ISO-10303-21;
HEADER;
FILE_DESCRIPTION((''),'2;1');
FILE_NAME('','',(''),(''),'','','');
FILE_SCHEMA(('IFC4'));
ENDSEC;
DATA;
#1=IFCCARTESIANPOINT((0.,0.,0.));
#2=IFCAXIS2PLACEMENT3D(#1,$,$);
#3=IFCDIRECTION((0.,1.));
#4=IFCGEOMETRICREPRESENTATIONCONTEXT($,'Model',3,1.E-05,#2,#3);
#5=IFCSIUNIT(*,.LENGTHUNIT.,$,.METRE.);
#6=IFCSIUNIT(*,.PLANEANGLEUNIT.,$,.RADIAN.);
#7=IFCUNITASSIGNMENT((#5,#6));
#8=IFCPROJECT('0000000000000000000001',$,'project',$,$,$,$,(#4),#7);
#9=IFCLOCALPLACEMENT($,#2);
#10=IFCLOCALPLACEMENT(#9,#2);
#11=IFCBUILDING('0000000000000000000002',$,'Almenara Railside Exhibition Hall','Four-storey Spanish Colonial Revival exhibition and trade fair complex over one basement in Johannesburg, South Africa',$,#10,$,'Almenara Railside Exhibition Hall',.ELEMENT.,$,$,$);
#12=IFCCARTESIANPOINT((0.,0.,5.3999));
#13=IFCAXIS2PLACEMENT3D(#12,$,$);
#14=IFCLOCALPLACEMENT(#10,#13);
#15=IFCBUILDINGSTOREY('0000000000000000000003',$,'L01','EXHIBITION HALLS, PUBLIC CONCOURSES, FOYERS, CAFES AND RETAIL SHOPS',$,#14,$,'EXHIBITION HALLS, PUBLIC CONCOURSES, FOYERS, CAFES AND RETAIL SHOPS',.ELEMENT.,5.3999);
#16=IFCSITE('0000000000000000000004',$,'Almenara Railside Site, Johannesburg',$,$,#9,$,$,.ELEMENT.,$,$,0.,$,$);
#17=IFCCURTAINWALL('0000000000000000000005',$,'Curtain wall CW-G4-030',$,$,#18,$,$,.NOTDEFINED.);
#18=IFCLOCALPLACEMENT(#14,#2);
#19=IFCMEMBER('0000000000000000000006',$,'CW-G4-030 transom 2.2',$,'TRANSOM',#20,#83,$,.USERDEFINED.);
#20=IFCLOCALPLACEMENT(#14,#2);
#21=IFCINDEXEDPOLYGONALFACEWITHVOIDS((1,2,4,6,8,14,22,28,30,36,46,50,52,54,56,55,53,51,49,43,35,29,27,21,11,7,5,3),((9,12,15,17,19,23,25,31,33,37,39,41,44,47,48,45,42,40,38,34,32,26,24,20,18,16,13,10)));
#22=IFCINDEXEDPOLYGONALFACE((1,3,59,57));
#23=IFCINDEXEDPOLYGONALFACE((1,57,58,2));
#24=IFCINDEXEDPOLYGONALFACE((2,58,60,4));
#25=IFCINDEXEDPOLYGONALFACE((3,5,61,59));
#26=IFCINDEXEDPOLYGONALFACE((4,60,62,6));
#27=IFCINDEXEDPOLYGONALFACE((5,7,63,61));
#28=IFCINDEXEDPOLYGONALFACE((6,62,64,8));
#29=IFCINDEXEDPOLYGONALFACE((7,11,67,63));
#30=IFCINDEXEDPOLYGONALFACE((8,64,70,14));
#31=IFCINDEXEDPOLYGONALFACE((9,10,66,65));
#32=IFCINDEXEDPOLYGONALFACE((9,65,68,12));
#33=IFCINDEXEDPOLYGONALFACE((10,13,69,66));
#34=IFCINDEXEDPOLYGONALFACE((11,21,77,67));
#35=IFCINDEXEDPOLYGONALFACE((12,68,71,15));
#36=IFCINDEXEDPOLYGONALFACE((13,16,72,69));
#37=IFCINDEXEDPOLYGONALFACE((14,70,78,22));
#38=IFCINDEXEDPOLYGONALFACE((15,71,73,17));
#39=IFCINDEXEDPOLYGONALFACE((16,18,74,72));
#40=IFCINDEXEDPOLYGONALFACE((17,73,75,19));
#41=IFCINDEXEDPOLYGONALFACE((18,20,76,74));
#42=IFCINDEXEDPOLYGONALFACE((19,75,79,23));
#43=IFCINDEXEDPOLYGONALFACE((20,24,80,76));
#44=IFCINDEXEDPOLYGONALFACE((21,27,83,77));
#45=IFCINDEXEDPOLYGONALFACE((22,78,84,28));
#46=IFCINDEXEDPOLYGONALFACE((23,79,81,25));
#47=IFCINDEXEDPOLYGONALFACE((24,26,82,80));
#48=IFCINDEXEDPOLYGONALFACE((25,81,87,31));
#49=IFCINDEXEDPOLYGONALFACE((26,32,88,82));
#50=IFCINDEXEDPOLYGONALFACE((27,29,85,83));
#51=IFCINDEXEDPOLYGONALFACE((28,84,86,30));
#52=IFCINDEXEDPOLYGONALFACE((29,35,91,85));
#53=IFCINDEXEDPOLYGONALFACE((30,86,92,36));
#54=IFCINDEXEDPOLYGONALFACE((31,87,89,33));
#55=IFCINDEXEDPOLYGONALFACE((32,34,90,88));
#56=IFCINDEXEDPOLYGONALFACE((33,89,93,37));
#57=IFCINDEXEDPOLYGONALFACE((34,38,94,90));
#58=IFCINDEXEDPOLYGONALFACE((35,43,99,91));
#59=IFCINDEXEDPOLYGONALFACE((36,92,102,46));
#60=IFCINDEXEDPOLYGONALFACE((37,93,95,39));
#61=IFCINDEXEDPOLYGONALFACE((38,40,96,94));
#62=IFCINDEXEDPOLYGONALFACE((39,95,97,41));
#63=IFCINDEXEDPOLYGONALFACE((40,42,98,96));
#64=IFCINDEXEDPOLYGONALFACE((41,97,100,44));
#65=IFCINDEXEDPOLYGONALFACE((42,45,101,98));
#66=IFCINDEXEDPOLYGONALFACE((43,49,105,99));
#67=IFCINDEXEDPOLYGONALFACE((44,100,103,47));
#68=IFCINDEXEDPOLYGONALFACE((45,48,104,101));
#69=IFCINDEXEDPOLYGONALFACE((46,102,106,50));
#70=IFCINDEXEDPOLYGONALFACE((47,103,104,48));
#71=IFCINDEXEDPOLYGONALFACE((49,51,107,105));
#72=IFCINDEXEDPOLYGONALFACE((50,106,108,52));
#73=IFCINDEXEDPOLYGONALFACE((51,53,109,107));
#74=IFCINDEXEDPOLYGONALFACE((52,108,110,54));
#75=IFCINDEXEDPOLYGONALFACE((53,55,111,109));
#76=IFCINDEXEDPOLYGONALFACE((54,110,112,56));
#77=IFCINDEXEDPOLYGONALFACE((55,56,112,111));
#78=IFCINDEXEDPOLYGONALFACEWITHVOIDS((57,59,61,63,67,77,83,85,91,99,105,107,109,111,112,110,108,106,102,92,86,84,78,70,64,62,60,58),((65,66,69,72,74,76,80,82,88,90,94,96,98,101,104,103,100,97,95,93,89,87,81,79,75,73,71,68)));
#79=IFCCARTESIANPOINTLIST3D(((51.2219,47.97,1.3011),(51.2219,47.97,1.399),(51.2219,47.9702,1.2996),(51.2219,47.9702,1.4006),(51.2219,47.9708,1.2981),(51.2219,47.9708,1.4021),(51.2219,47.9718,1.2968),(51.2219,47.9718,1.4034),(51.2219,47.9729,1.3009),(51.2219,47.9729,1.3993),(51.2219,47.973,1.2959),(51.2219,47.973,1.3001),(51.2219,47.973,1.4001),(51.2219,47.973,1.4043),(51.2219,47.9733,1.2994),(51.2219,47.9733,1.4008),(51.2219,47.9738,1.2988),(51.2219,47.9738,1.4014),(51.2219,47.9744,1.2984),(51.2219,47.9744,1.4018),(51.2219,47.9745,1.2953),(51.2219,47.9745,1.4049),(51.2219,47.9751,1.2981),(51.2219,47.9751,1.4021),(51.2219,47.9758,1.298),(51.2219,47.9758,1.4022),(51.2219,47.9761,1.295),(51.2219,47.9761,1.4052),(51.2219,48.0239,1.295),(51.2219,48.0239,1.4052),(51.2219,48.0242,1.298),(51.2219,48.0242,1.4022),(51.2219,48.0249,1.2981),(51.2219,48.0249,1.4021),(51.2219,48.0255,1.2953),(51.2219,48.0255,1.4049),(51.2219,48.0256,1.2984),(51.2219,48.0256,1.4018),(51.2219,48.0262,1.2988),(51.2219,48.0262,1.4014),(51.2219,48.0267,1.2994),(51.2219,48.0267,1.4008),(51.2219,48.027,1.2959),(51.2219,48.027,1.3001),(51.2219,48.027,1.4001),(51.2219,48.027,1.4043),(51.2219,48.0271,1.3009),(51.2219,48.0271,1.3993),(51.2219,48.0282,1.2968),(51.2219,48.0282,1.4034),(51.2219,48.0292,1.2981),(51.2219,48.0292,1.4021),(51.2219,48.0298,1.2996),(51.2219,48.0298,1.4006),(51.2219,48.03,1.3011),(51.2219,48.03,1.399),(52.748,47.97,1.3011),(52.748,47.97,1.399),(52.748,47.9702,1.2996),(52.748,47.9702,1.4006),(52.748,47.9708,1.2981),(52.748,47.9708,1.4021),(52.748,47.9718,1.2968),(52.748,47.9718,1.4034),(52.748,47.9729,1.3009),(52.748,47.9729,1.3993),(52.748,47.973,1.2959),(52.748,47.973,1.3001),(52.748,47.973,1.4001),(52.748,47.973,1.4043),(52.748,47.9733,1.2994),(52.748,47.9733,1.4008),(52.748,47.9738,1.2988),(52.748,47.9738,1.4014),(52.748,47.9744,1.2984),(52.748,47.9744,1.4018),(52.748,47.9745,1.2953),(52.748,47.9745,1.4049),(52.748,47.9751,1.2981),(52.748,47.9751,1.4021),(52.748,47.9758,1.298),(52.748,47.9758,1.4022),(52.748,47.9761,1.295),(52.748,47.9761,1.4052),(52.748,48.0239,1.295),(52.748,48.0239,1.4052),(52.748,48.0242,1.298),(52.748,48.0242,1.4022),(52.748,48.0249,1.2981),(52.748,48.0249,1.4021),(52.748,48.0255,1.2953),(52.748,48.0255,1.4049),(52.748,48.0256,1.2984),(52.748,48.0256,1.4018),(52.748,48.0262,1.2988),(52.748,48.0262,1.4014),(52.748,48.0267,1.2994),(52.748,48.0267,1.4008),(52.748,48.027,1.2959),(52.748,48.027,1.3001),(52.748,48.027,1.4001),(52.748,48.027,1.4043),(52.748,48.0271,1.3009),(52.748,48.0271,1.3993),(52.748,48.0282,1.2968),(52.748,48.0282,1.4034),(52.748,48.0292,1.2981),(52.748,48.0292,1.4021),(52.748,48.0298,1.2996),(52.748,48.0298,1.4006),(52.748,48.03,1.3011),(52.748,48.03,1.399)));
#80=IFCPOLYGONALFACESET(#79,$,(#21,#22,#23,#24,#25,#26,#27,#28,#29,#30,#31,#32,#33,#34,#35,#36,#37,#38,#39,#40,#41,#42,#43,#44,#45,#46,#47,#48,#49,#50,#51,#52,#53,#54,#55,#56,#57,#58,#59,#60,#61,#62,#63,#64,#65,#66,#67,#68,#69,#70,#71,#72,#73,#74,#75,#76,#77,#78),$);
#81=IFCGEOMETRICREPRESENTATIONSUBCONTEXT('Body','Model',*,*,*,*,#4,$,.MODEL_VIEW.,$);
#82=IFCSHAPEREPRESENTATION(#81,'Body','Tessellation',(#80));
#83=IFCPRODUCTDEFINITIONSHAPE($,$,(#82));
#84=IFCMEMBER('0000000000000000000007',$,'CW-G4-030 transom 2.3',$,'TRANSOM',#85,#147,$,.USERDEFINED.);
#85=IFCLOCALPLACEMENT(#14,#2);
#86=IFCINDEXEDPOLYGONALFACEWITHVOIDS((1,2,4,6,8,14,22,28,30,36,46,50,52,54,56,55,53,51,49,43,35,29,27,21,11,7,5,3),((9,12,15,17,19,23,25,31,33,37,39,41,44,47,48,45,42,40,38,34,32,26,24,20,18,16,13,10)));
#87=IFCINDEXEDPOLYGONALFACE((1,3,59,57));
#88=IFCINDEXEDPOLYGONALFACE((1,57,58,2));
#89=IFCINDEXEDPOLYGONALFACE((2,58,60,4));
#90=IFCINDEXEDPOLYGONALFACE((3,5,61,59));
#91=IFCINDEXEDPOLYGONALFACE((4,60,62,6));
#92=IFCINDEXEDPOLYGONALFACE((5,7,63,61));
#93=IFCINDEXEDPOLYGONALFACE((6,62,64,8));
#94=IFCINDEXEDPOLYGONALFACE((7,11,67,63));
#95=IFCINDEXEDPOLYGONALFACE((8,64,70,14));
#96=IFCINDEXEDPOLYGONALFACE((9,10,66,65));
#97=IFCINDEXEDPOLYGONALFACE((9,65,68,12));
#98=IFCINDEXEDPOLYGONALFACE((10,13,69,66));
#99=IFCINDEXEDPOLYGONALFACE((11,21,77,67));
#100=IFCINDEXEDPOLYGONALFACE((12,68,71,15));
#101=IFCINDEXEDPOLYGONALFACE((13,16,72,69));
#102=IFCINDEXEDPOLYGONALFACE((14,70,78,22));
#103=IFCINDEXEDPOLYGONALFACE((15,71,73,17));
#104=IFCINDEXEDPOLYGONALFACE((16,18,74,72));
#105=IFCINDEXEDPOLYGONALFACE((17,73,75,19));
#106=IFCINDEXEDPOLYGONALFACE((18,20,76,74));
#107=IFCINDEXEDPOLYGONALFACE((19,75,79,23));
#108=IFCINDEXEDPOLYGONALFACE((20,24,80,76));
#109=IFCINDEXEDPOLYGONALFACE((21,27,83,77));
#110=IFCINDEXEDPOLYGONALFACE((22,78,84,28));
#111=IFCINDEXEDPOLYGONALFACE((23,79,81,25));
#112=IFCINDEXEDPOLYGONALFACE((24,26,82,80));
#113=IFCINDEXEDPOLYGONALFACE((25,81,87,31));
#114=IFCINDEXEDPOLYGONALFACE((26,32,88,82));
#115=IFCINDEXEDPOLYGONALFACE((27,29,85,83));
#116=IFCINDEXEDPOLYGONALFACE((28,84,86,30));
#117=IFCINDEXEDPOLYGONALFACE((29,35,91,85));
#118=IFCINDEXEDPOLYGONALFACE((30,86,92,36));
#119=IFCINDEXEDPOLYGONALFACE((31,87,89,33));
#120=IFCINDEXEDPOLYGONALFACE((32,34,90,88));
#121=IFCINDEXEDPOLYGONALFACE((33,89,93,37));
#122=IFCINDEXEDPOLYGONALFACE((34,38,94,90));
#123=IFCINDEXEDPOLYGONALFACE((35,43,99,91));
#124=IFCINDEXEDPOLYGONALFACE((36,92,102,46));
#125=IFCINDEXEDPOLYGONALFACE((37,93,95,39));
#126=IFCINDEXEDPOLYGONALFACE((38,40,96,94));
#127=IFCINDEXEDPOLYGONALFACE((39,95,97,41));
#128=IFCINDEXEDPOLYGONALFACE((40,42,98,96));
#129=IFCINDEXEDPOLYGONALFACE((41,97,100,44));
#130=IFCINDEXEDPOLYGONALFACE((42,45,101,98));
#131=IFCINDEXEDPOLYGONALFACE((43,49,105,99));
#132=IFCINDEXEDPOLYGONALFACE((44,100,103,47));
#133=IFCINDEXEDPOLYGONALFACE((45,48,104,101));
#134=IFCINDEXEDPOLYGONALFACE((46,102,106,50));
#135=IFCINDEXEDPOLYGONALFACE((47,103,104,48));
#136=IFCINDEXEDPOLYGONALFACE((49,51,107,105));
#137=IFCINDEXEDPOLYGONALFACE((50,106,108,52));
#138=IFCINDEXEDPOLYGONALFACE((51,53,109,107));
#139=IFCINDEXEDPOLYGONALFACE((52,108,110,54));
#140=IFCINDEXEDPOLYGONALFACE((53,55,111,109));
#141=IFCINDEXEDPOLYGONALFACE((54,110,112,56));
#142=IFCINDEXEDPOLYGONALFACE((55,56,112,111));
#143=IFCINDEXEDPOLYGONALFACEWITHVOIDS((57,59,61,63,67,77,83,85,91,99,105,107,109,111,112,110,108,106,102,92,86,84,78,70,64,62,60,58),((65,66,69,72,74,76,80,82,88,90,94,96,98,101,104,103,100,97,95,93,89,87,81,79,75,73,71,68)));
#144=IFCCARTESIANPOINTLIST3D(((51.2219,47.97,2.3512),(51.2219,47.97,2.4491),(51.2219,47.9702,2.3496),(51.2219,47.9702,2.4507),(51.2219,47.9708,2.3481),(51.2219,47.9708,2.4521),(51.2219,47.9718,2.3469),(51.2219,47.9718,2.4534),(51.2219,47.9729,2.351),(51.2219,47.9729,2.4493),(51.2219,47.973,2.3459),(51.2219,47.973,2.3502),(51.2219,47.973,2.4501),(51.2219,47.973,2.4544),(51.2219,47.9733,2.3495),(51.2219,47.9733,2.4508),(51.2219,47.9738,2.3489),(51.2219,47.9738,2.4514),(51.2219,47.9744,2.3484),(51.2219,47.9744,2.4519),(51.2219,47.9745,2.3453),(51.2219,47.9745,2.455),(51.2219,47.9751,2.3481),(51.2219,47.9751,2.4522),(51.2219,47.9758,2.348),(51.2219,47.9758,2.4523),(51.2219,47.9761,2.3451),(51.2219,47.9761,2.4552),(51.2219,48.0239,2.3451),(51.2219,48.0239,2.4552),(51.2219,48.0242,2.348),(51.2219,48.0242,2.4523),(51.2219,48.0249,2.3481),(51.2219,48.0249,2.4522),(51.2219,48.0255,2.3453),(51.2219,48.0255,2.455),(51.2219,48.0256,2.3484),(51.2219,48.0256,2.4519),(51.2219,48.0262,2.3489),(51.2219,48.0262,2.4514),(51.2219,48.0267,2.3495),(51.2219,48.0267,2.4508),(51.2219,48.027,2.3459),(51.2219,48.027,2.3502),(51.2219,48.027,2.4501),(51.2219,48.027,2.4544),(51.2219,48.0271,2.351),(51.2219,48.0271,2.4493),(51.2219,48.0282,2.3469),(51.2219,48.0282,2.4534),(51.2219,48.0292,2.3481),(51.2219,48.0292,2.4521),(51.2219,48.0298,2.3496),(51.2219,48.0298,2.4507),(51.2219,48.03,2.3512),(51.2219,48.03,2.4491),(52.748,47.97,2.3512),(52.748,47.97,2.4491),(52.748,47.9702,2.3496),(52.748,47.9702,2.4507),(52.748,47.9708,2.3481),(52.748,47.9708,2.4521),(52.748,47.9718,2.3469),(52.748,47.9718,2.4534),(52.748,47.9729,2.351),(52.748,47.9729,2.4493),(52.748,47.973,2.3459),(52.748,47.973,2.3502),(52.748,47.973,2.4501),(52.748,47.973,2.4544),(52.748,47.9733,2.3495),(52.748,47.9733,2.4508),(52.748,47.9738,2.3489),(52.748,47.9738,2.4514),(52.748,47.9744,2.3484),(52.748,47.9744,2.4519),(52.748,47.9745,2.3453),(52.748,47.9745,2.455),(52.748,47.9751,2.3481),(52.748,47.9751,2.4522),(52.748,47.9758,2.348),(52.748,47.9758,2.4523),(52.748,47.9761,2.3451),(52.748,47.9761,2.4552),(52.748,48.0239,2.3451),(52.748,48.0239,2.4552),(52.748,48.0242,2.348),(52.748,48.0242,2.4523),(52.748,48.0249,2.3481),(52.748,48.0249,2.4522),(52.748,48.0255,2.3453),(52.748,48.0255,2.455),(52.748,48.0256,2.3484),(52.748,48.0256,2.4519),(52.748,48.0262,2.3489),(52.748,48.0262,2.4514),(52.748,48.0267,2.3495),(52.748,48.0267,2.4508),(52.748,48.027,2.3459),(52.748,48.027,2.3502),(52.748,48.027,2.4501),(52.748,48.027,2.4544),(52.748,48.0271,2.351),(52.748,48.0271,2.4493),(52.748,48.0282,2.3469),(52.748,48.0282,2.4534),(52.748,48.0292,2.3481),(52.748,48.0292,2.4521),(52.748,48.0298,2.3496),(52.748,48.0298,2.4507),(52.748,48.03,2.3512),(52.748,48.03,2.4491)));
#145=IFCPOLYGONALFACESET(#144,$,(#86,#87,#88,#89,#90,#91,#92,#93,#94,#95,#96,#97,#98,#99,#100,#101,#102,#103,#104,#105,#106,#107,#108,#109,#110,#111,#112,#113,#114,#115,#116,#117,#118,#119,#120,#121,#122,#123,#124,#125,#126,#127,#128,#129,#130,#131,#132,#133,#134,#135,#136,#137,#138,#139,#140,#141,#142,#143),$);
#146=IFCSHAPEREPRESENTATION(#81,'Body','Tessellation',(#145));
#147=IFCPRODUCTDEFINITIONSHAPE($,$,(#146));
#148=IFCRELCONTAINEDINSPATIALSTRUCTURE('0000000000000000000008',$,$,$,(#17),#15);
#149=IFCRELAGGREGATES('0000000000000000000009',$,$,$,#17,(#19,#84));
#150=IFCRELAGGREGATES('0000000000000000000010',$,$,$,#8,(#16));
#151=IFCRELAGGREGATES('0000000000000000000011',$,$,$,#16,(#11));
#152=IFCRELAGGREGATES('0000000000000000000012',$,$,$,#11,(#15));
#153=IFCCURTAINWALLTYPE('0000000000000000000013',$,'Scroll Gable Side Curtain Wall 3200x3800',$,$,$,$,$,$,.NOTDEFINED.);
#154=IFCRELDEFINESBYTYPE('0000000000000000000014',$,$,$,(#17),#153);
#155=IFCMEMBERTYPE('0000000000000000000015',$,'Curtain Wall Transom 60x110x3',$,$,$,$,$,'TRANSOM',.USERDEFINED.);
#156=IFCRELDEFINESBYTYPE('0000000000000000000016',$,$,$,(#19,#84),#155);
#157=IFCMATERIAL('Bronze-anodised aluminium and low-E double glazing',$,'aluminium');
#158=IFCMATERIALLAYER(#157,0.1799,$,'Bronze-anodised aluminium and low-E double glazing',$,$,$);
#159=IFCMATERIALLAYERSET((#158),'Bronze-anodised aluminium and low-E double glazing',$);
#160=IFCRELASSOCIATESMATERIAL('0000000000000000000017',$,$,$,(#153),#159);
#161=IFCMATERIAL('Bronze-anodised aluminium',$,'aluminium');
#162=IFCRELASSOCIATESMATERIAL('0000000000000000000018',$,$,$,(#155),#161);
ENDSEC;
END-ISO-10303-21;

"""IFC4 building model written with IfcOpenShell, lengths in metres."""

from ifc_helpers import new_model, si_unit, direction, frame, origin, origin_2d, place, context, subcontext, project, spatial, hollow_rectangle, extrude, material, layer, layer_set, material_profile, profile_set, type_object, element, aggregate, save


model = new_model("IFC4")

# Units and contexts
model_context = context("Model", 3, precision=1e-05, world=origin(), true_north=direction((0.0, 1.0)))
body_context = subcontext(model_context, "Body", "Model", "MODEL_VIEW")
ifc_project = project(units=[si_unit("LENGTHUNIT", "METRE"), si_unit("PLANEANGLEUNIT", "RADIAN")], contexts=[model_context])

# Site, building, storey
site_placement = place(None, origin())
site = spatial("IfcSite", under=ifc_project, at=site_placement, Name="Almenara Railside Site, Johannesburg", CompositionType="ELEMENT", RefElevation=0.0)
building_placement = place(site_placement, origin())
building = spatial("IfcBuilding", under=site, at=building_placement, Name="Almenara Railside Exhibition Hall", Description="Four-storey Spanish Colonial Revival exhibition and trade fair complex over one basement in Johannesburg, South Africa", LongName="Almenara Railside Exhibition Hall", CompositionType="ELEMENT")
storey_placement = place(building_placement, frame((0.0, 0.0, 5.3999)))
storey = spatial("IfcBuildingStorey", under=building, at=storey_placement, Name="L01", Description="EXHIBITION HALLS, PUBLIC CONCOURSES, FOYERS, CAFES AND RETAIL SHOPS", LongName="EXHIBITION HALLS, PUBLIC CONCOURSES, FOYERS, CAFES AND RETAIL SHOPS", CompositionType="ELEMENT", Elevation=5.3999)

# Curtain wall
ifc_material_1 = material(Name="Bronze-anodised aluminium and low-E double glazing", Category="aluminium")
ifc_layer_1 = layer(ifc_material_1, 0.1799, Name="Bronze-anodised aluminium and low-E double glazing")
ifc_layer_set_1 = layer_set([ifc_layer_1], Name="Bronze-anodised aluminium and low-E double glazing")
curtain_wall_type_1 = type_object("IfcCurtainWallType", Name="Scroll Gable Side Curtain Wall 3200x3800", PredefinedType="NOTDEFINED", material=ifc_layer_set_1)
curtain_wall_1_placement = place(storey_placement, origin())
curtain_wall_1 = element("IfcCurtainWall", 1, at=curtain_wall_1_placement, inside=storey, type_object=curtain_wall_type_1, Name="Curtain wall CW-G4-030", PredefinedType="NOTDEFINED")
ifc_material_2 = material(Name="Bronze-anodised aluminium", Category="aluminium")

# Members
ifc_material_profile_1 = material_profile(ifc_material_2, hollow_rectangle(XDim=0.0601, YDim=0.1101, WallThickness=0.0029, InnerFilletRadius=0.0029, OuterFilletRadius=0.0061, at=origin_2d()), Name="ALU-TRN 60x110x3")
ifc_profile_set_1 = profile_set([ifc_material_profile_1], Name="Bronze-anodised aluminium")
member_type_1 = type_object("IfcMemberType", Name="Curtain Wall Transom 60x110x3", ElementType="TRANSOM", PredefinedType="USERDEFINED", material=ifc_profile_set_1)
member_1_placement = place(storey_placement, frame((51.2219, 48.0, 1.3501), z_axis=(1.0, 0.0, 0.0), x_axis=(0.0, 1.0, 0.0)))
member_1 = element("IfcMember", 2, at=member_1_placement, type_object=member_type_1, Name="CW-G4-030 transom 2.2", ObjectType="TRANSOM", PredefinedType="USERDEFINED", context=body_context, shape_type="SweptSolid", body=[
    extrude(hollow_rectangle(XDim=0.0601, YDim=0.1101, WallThickness=0.0029, InnerFilletRadius=0.0029, OuterFilletRadius=0.0061, at=origin_2d()), origin(), (0.0, 0.0, 1.0), 1.5261),
])
member_2_placement = place(storey_placement, frame((51.2219, 48.0, 2.4001), z_axis=(1.0, 0.0, 0.0), x_axis=(0.0, 1.0, 0.0)))
member_2 = element("IfcMember", 3, at=member_2_placement, type_object=member_type_1, Name="CW-G4-030 transom 2.3", ObjectType="TRANSOM", PredefinedType="USERDEFINED", context=body_context, shape_type="SweptSolid", body=[
    extrude(hollow_rectangle(XDim=0.0601, YDim=0.1101, WallThickness=0.0029, InnerFilletRadius=0.0029, OuterFilletRadius=0.0061, at=origin_2d()), origin(), (0.0, 0.0, 1.0), 1.5261),
])

aggregate(curtain_wall_1, [member_1, member_2])

save(model, "model.ifc")
